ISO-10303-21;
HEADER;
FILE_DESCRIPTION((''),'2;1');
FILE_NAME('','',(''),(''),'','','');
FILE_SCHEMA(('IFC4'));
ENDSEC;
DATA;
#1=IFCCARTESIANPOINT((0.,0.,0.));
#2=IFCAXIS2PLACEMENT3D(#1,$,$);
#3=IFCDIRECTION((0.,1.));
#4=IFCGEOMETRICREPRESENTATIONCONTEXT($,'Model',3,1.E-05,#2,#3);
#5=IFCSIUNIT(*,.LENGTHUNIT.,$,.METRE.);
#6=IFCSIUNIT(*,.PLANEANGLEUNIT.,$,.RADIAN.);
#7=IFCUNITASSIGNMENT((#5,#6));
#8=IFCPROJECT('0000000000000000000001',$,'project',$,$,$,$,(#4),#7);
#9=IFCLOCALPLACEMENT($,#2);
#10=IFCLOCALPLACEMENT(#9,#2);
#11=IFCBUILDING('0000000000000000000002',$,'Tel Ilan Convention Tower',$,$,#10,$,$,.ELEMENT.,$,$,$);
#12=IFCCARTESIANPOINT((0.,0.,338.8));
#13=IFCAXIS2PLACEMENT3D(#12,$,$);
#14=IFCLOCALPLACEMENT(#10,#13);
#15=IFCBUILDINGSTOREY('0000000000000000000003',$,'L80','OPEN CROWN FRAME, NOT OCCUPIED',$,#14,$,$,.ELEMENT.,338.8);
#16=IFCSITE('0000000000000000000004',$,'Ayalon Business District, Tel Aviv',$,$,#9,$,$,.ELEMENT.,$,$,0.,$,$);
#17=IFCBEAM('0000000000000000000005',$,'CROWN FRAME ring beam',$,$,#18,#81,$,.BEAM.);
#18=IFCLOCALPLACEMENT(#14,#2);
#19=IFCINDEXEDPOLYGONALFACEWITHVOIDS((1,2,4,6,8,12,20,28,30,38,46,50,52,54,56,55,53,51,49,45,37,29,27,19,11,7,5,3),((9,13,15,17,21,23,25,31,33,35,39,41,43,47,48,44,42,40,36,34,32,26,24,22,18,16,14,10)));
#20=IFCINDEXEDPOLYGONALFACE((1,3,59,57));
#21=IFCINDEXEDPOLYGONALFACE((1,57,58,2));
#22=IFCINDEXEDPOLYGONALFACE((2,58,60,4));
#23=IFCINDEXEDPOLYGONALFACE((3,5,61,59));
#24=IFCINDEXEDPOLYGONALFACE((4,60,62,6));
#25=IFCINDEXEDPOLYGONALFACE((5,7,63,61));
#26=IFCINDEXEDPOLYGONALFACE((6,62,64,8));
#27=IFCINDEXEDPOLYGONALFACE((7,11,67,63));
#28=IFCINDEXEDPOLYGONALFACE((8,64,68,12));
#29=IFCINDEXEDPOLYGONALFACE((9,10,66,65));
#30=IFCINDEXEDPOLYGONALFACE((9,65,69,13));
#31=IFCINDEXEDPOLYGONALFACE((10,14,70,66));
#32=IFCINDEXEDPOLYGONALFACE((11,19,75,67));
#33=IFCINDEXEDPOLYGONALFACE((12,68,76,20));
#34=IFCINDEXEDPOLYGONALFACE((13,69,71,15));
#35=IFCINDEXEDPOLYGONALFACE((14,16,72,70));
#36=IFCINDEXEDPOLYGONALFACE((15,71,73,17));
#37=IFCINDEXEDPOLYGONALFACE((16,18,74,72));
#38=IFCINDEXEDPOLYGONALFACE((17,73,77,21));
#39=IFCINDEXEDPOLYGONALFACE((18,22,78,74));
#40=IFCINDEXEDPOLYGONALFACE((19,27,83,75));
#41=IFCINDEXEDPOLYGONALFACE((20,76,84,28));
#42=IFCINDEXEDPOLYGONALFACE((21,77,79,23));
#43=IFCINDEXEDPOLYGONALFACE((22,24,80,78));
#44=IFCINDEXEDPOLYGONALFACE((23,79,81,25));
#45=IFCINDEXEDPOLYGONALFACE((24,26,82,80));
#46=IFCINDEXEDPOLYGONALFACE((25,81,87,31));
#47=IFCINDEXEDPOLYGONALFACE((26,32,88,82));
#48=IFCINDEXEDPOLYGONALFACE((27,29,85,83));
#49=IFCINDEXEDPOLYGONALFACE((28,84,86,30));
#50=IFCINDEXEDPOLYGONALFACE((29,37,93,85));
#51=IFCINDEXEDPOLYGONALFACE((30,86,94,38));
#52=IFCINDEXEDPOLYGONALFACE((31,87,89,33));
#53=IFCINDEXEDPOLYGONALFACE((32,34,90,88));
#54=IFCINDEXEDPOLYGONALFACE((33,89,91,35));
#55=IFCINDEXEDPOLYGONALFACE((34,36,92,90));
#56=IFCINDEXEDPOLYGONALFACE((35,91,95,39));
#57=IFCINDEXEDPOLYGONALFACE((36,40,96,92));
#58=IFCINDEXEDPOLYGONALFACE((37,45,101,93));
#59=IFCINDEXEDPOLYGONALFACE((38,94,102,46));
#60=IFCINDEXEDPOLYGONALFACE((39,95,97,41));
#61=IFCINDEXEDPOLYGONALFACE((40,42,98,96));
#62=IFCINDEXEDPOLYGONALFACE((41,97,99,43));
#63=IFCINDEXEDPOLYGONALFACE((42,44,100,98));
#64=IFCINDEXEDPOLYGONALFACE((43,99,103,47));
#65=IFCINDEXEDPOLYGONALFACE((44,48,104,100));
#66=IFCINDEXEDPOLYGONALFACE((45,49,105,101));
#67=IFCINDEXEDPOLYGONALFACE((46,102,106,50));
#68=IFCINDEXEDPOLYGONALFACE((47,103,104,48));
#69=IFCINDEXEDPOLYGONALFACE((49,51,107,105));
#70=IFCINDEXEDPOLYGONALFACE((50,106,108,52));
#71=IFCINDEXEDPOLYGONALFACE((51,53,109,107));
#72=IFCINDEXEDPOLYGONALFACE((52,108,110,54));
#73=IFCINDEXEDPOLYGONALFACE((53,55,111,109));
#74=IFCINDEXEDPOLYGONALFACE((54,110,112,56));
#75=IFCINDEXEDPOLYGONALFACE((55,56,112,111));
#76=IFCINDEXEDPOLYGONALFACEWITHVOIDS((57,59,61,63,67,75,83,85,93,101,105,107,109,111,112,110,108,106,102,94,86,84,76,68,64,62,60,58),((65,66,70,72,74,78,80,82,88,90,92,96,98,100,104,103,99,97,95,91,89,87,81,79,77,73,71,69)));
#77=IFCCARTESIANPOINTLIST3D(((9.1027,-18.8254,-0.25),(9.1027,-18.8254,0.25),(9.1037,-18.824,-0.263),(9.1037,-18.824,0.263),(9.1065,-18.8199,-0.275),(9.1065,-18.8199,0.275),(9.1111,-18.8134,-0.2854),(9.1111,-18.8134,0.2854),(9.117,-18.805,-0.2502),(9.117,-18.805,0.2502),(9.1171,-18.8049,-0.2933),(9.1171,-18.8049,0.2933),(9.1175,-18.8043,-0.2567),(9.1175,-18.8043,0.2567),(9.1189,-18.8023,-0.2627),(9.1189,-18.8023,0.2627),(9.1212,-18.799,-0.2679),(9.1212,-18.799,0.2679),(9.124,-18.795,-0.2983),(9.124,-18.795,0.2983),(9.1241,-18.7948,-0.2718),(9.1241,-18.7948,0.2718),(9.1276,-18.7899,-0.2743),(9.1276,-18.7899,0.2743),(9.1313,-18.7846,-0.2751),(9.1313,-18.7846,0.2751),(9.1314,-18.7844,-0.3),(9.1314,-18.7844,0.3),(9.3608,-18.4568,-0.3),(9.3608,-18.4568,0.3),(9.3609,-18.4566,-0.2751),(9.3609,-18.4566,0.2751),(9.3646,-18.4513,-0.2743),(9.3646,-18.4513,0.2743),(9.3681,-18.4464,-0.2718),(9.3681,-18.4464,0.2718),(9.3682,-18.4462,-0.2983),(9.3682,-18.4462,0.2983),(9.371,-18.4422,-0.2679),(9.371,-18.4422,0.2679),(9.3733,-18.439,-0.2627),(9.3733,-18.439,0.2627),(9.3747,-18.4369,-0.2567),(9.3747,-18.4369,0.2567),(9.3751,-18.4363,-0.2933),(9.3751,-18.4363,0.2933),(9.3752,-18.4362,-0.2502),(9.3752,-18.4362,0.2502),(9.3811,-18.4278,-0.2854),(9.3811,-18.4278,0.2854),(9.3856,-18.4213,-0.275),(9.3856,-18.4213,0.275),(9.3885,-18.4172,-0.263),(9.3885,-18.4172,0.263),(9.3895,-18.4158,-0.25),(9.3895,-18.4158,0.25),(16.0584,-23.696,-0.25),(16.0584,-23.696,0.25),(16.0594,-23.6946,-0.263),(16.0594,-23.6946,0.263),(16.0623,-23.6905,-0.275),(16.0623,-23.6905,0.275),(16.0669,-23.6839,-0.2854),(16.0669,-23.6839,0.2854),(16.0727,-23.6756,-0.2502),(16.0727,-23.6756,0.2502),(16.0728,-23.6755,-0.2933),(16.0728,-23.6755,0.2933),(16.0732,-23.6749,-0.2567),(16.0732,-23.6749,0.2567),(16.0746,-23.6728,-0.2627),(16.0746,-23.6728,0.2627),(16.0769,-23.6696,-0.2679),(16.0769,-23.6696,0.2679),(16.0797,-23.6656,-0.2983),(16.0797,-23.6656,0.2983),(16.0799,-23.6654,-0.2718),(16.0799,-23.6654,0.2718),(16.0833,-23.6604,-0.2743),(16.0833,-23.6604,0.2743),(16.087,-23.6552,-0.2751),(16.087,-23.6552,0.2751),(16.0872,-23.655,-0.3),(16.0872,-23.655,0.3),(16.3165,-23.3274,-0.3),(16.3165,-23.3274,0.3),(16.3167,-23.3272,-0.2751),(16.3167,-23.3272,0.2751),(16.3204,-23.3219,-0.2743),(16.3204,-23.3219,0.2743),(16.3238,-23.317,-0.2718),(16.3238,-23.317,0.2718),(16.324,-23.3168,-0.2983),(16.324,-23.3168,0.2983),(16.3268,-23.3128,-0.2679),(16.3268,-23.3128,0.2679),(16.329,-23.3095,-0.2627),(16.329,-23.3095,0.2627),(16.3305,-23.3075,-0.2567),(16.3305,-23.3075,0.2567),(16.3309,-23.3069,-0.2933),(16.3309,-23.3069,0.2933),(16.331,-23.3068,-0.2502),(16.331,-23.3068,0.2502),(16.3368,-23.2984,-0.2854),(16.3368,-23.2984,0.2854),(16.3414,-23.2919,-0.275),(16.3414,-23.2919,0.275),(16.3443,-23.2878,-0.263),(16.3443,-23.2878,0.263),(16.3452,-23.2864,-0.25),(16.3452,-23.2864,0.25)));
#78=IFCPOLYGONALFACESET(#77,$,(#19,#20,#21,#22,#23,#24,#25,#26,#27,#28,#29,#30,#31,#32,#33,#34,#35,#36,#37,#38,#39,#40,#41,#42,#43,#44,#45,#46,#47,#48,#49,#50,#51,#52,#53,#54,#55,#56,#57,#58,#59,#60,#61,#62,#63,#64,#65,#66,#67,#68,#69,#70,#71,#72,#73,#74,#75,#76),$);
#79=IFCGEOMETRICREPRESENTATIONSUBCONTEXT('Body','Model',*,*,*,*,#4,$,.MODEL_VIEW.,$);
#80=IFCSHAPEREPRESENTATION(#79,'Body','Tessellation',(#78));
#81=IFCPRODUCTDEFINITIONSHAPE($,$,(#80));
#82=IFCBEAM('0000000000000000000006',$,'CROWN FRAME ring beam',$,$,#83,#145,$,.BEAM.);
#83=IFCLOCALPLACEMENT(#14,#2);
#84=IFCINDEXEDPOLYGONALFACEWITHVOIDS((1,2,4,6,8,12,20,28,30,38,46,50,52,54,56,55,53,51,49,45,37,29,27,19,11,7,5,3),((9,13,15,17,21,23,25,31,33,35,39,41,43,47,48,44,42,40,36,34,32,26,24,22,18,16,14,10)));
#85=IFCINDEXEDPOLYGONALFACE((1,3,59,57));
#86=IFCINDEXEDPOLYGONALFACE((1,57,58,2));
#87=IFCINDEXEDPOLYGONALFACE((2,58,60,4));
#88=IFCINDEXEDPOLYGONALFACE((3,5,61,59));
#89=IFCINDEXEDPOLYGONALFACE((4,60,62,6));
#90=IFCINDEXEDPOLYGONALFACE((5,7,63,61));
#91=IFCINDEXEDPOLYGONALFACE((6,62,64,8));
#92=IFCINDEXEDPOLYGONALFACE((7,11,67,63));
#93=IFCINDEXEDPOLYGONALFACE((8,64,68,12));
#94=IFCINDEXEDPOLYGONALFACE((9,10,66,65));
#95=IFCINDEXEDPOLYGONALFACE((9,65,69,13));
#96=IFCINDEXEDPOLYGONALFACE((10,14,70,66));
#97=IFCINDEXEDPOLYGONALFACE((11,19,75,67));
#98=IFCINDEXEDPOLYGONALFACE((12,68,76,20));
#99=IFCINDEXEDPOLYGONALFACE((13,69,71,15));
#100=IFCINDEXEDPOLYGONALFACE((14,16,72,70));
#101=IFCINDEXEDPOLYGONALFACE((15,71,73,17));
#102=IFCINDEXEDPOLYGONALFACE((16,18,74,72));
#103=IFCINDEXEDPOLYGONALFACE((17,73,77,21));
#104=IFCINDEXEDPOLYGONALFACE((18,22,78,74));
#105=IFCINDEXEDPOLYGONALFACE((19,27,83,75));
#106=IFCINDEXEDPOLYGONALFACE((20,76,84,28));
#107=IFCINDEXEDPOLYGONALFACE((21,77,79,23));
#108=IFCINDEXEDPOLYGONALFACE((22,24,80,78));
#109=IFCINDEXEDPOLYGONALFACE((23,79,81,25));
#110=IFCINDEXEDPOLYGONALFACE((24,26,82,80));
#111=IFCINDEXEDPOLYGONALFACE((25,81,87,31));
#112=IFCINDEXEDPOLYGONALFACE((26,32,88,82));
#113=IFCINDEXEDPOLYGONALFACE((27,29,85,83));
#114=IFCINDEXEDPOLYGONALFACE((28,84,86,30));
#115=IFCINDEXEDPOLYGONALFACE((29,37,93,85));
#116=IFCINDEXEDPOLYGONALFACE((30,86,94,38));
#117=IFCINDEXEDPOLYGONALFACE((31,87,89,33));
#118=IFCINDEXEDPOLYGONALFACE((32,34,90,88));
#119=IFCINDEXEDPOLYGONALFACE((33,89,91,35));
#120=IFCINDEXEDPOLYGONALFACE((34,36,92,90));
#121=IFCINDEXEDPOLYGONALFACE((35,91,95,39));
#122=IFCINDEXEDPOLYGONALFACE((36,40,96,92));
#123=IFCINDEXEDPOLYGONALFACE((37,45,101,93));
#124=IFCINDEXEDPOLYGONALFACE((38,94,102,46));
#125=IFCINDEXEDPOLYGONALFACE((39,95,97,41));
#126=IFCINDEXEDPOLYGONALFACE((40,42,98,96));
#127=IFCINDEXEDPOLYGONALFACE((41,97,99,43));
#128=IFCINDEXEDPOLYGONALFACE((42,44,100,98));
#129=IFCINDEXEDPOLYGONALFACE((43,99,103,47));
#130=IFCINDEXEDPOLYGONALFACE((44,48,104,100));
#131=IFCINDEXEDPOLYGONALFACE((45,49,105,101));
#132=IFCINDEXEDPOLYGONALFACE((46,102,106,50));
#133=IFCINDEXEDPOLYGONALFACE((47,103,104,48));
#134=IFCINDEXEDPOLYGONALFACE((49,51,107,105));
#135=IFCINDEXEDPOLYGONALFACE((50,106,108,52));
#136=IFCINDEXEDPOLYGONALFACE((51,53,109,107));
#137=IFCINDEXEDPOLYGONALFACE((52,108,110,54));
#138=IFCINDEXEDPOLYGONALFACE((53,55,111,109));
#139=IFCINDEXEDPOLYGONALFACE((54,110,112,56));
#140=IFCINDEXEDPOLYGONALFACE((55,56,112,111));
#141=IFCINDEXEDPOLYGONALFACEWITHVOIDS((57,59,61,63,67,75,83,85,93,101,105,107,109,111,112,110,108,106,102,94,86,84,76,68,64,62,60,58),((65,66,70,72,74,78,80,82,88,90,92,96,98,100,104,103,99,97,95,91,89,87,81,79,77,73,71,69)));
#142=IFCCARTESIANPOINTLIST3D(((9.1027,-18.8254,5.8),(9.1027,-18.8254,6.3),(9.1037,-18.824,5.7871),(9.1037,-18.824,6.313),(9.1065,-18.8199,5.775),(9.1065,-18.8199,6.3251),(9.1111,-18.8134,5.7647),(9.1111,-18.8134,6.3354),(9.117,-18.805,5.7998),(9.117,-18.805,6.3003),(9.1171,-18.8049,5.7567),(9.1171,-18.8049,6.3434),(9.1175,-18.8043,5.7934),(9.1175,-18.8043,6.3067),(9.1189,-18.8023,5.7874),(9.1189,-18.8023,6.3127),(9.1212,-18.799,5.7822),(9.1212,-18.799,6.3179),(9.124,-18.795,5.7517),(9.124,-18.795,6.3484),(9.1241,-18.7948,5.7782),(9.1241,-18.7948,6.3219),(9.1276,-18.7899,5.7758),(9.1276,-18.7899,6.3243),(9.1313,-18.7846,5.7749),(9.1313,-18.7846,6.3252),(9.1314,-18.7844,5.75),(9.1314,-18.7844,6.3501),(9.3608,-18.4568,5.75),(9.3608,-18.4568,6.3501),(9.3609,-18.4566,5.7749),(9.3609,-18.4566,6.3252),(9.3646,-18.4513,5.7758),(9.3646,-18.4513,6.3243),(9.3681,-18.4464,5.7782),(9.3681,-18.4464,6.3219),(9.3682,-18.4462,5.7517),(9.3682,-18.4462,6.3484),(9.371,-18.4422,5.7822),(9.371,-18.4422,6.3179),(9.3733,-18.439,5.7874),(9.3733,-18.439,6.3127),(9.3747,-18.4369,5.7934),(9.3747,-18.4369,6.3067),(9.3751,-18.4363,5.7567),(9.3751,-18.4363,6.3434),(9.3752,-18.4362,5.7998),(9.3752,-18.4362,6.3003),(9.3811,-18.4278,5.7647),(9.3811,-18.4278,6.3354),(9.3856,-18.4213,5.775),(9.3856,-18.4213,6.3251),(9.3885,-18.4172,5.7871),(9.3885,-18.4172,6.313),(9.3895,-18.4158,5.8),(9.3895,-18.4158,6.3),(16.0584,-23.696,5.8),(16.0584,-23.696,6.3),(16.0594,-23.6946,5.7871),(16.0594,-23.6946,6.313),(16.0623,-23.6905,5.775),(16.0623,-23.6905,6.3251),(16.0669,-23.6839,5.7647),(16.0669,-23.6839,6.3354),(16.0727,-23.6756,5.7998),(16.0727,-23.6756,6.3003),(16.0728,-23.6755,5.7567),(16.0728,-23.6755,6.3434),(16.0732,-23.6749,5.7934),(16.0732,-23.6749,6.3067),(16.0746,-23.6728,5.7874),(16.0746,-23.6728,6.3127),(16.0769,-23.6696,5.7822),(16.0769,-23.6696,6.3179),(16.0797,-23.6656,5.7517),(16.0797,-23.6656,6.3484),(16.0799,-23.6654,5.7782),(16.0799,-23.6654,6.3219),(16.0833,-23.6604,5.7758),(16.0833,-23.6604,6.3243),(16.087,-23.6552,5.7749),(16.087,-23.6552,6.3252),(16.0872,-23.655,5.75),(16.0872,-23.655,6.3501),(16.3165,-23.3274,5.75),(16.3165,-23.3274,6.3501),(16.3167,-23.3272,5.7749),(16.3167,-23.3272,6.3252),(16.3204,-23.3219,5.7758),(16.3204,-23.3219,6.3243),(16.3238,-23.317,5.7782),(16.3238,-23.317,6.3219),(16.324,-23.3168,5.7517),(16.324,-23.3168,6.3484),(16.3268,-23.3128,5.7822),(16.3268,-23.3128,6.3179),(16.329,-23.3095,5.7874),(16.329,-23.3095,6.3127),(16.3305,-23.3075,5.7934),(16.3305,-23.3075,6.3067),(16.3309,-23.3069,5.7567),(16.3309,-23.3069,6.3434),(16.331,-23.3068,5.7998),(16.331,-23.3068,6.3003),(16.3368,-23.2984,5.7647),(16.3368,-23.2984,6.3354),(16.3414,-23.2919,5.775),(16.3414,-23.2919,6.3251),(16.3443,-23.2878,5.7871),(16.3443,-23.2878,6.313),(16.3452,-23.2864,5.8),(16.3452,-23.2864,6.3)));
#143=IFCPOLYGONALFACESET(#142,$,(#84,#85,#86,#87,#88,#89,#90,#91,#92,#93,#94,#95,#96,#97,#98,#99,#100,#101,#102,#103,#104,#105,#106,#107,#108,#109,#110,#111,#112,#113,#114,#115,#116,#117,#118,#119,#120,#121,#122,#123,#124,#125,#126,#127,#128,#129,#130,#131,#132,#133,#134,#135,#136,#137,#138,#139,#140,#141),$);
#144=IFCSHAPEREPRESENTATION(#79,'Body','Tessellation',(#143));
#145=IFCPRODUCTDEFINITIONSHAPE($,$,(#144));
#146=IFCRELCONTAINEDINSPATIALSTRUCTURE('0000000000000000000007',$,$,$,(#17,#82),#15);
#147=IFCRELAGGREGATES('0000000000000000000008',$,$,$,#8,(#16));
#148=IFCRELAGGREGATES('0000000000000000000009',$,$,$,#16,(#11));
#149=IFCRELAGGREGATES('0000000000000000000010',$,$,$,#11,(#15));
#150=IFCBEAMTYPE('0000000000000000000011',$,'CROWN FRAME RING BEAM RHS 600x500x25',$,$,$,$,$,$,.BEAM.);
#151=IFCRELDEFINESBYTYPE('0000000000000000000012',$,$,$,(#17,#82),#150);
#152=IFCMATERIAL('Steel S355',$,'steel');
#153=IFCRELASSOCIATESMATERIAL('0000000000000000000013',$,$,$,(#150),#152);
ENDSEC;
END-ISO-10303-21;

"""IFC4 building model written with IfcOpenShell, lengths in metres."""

from ifc_helpers import new_model, si_unit, direction, frame, origin, origin_2d, place, context, subcontext, project, spatial, hollow_rectangle, extrude, material, material_profile, profile_set, type_object, element, save


model = new_model("IFC4")

# Units and contexts
model_context = context("Model", 3, precision=1e-05, world=origin(), true_north=direction((0.0, 1.0)))
body_context = subcontext(model_context, "Body", "Model", "MODEL_VIEW")
ifc_project = project(units=[si_unit("LENGTHUNIT", "METRE"), si_unit("PLANEANGLEUNIT", "RADIAN")], contexts=[model_context])

# Site, building, storey
site_placement = place(None, origin())
site = spatial("IfcSite", under=ifc_project, at=site_placement, Name="Ayalon Business District, Tel Aviv", CompositionType="ELEMENT", RefElevation=0.0)
building_placement = place(site_placement, origin())
building = spatial("IfcBuilding", under=site, at=building_placement, Name="Tel Ilan Convention Tower", CompositionType="ELEMENT")
storey_placement = place(building_placement, frame((0.0, 0.0, 338.8)))
storey = spatial("IfcBuildingStorey", under=building, at=storey_placement, Name="L80", Description="OPEN CROWN FRAME, NOT OCCUPIED", CompositionType="ELEMENT", Elevation=338.8)

# Beams
ifc_material_1 = material(Name="Steel S355", Category="steel")
ifc_material_profile_1 = material_profile(ifc_material_1, hollow_rectangle(XDim=0.5, YDim=0.6001, WallThickness=0.0249, InnerFilletRadius=0.0249, OuterFilletRadius=0.05, at=origin_2d()), Name="RHS 600x500x25")
ifc_profile_set_1 = profile_set([ifc_material_profile_1], Name="Steel S355")
beam_type = type_object("IfcBeamType", Name="CROWN FRAME RING BEAM RHS 600x500x25", PredefinedType="BEAM", material=ifc_profile_set_1)
for number, where, z_axis, x_axis, name in (
    (1, (9.2461, -18.6206, 0.0), (0.819147, -0.573584, 0.0), (0.573584, 0.819147, 0.0), "CROWN FRAME ring beam"),
    (2, (9.2461, -18.6206, 6.05), (0.819147, -0.573584, 0.0), (0.573584, 0.819147, 0.0), "CROWN FRAME ring beam"),
):
    element("IfcBeam", number, at=place(storey_placement, frame(where, z_axis=z_axis, x_axis=x_axis)), inside=storey, type_object=beam_type, Name=name, PredefinedType="BEAM", context=body_context, shape_type="SweptSolid", body=[
        extrude(hollow_rectangle(XDim=0.5, YDim=0.6001, WallThickness=0.0249, InnerFilletRadius=0.0249, OuterFilletRadius=0.05, at=origin_2d()), origin(), (0.0, 0.0, 1.0), 8.4915),
    ])

save(model, "model.ifc")
